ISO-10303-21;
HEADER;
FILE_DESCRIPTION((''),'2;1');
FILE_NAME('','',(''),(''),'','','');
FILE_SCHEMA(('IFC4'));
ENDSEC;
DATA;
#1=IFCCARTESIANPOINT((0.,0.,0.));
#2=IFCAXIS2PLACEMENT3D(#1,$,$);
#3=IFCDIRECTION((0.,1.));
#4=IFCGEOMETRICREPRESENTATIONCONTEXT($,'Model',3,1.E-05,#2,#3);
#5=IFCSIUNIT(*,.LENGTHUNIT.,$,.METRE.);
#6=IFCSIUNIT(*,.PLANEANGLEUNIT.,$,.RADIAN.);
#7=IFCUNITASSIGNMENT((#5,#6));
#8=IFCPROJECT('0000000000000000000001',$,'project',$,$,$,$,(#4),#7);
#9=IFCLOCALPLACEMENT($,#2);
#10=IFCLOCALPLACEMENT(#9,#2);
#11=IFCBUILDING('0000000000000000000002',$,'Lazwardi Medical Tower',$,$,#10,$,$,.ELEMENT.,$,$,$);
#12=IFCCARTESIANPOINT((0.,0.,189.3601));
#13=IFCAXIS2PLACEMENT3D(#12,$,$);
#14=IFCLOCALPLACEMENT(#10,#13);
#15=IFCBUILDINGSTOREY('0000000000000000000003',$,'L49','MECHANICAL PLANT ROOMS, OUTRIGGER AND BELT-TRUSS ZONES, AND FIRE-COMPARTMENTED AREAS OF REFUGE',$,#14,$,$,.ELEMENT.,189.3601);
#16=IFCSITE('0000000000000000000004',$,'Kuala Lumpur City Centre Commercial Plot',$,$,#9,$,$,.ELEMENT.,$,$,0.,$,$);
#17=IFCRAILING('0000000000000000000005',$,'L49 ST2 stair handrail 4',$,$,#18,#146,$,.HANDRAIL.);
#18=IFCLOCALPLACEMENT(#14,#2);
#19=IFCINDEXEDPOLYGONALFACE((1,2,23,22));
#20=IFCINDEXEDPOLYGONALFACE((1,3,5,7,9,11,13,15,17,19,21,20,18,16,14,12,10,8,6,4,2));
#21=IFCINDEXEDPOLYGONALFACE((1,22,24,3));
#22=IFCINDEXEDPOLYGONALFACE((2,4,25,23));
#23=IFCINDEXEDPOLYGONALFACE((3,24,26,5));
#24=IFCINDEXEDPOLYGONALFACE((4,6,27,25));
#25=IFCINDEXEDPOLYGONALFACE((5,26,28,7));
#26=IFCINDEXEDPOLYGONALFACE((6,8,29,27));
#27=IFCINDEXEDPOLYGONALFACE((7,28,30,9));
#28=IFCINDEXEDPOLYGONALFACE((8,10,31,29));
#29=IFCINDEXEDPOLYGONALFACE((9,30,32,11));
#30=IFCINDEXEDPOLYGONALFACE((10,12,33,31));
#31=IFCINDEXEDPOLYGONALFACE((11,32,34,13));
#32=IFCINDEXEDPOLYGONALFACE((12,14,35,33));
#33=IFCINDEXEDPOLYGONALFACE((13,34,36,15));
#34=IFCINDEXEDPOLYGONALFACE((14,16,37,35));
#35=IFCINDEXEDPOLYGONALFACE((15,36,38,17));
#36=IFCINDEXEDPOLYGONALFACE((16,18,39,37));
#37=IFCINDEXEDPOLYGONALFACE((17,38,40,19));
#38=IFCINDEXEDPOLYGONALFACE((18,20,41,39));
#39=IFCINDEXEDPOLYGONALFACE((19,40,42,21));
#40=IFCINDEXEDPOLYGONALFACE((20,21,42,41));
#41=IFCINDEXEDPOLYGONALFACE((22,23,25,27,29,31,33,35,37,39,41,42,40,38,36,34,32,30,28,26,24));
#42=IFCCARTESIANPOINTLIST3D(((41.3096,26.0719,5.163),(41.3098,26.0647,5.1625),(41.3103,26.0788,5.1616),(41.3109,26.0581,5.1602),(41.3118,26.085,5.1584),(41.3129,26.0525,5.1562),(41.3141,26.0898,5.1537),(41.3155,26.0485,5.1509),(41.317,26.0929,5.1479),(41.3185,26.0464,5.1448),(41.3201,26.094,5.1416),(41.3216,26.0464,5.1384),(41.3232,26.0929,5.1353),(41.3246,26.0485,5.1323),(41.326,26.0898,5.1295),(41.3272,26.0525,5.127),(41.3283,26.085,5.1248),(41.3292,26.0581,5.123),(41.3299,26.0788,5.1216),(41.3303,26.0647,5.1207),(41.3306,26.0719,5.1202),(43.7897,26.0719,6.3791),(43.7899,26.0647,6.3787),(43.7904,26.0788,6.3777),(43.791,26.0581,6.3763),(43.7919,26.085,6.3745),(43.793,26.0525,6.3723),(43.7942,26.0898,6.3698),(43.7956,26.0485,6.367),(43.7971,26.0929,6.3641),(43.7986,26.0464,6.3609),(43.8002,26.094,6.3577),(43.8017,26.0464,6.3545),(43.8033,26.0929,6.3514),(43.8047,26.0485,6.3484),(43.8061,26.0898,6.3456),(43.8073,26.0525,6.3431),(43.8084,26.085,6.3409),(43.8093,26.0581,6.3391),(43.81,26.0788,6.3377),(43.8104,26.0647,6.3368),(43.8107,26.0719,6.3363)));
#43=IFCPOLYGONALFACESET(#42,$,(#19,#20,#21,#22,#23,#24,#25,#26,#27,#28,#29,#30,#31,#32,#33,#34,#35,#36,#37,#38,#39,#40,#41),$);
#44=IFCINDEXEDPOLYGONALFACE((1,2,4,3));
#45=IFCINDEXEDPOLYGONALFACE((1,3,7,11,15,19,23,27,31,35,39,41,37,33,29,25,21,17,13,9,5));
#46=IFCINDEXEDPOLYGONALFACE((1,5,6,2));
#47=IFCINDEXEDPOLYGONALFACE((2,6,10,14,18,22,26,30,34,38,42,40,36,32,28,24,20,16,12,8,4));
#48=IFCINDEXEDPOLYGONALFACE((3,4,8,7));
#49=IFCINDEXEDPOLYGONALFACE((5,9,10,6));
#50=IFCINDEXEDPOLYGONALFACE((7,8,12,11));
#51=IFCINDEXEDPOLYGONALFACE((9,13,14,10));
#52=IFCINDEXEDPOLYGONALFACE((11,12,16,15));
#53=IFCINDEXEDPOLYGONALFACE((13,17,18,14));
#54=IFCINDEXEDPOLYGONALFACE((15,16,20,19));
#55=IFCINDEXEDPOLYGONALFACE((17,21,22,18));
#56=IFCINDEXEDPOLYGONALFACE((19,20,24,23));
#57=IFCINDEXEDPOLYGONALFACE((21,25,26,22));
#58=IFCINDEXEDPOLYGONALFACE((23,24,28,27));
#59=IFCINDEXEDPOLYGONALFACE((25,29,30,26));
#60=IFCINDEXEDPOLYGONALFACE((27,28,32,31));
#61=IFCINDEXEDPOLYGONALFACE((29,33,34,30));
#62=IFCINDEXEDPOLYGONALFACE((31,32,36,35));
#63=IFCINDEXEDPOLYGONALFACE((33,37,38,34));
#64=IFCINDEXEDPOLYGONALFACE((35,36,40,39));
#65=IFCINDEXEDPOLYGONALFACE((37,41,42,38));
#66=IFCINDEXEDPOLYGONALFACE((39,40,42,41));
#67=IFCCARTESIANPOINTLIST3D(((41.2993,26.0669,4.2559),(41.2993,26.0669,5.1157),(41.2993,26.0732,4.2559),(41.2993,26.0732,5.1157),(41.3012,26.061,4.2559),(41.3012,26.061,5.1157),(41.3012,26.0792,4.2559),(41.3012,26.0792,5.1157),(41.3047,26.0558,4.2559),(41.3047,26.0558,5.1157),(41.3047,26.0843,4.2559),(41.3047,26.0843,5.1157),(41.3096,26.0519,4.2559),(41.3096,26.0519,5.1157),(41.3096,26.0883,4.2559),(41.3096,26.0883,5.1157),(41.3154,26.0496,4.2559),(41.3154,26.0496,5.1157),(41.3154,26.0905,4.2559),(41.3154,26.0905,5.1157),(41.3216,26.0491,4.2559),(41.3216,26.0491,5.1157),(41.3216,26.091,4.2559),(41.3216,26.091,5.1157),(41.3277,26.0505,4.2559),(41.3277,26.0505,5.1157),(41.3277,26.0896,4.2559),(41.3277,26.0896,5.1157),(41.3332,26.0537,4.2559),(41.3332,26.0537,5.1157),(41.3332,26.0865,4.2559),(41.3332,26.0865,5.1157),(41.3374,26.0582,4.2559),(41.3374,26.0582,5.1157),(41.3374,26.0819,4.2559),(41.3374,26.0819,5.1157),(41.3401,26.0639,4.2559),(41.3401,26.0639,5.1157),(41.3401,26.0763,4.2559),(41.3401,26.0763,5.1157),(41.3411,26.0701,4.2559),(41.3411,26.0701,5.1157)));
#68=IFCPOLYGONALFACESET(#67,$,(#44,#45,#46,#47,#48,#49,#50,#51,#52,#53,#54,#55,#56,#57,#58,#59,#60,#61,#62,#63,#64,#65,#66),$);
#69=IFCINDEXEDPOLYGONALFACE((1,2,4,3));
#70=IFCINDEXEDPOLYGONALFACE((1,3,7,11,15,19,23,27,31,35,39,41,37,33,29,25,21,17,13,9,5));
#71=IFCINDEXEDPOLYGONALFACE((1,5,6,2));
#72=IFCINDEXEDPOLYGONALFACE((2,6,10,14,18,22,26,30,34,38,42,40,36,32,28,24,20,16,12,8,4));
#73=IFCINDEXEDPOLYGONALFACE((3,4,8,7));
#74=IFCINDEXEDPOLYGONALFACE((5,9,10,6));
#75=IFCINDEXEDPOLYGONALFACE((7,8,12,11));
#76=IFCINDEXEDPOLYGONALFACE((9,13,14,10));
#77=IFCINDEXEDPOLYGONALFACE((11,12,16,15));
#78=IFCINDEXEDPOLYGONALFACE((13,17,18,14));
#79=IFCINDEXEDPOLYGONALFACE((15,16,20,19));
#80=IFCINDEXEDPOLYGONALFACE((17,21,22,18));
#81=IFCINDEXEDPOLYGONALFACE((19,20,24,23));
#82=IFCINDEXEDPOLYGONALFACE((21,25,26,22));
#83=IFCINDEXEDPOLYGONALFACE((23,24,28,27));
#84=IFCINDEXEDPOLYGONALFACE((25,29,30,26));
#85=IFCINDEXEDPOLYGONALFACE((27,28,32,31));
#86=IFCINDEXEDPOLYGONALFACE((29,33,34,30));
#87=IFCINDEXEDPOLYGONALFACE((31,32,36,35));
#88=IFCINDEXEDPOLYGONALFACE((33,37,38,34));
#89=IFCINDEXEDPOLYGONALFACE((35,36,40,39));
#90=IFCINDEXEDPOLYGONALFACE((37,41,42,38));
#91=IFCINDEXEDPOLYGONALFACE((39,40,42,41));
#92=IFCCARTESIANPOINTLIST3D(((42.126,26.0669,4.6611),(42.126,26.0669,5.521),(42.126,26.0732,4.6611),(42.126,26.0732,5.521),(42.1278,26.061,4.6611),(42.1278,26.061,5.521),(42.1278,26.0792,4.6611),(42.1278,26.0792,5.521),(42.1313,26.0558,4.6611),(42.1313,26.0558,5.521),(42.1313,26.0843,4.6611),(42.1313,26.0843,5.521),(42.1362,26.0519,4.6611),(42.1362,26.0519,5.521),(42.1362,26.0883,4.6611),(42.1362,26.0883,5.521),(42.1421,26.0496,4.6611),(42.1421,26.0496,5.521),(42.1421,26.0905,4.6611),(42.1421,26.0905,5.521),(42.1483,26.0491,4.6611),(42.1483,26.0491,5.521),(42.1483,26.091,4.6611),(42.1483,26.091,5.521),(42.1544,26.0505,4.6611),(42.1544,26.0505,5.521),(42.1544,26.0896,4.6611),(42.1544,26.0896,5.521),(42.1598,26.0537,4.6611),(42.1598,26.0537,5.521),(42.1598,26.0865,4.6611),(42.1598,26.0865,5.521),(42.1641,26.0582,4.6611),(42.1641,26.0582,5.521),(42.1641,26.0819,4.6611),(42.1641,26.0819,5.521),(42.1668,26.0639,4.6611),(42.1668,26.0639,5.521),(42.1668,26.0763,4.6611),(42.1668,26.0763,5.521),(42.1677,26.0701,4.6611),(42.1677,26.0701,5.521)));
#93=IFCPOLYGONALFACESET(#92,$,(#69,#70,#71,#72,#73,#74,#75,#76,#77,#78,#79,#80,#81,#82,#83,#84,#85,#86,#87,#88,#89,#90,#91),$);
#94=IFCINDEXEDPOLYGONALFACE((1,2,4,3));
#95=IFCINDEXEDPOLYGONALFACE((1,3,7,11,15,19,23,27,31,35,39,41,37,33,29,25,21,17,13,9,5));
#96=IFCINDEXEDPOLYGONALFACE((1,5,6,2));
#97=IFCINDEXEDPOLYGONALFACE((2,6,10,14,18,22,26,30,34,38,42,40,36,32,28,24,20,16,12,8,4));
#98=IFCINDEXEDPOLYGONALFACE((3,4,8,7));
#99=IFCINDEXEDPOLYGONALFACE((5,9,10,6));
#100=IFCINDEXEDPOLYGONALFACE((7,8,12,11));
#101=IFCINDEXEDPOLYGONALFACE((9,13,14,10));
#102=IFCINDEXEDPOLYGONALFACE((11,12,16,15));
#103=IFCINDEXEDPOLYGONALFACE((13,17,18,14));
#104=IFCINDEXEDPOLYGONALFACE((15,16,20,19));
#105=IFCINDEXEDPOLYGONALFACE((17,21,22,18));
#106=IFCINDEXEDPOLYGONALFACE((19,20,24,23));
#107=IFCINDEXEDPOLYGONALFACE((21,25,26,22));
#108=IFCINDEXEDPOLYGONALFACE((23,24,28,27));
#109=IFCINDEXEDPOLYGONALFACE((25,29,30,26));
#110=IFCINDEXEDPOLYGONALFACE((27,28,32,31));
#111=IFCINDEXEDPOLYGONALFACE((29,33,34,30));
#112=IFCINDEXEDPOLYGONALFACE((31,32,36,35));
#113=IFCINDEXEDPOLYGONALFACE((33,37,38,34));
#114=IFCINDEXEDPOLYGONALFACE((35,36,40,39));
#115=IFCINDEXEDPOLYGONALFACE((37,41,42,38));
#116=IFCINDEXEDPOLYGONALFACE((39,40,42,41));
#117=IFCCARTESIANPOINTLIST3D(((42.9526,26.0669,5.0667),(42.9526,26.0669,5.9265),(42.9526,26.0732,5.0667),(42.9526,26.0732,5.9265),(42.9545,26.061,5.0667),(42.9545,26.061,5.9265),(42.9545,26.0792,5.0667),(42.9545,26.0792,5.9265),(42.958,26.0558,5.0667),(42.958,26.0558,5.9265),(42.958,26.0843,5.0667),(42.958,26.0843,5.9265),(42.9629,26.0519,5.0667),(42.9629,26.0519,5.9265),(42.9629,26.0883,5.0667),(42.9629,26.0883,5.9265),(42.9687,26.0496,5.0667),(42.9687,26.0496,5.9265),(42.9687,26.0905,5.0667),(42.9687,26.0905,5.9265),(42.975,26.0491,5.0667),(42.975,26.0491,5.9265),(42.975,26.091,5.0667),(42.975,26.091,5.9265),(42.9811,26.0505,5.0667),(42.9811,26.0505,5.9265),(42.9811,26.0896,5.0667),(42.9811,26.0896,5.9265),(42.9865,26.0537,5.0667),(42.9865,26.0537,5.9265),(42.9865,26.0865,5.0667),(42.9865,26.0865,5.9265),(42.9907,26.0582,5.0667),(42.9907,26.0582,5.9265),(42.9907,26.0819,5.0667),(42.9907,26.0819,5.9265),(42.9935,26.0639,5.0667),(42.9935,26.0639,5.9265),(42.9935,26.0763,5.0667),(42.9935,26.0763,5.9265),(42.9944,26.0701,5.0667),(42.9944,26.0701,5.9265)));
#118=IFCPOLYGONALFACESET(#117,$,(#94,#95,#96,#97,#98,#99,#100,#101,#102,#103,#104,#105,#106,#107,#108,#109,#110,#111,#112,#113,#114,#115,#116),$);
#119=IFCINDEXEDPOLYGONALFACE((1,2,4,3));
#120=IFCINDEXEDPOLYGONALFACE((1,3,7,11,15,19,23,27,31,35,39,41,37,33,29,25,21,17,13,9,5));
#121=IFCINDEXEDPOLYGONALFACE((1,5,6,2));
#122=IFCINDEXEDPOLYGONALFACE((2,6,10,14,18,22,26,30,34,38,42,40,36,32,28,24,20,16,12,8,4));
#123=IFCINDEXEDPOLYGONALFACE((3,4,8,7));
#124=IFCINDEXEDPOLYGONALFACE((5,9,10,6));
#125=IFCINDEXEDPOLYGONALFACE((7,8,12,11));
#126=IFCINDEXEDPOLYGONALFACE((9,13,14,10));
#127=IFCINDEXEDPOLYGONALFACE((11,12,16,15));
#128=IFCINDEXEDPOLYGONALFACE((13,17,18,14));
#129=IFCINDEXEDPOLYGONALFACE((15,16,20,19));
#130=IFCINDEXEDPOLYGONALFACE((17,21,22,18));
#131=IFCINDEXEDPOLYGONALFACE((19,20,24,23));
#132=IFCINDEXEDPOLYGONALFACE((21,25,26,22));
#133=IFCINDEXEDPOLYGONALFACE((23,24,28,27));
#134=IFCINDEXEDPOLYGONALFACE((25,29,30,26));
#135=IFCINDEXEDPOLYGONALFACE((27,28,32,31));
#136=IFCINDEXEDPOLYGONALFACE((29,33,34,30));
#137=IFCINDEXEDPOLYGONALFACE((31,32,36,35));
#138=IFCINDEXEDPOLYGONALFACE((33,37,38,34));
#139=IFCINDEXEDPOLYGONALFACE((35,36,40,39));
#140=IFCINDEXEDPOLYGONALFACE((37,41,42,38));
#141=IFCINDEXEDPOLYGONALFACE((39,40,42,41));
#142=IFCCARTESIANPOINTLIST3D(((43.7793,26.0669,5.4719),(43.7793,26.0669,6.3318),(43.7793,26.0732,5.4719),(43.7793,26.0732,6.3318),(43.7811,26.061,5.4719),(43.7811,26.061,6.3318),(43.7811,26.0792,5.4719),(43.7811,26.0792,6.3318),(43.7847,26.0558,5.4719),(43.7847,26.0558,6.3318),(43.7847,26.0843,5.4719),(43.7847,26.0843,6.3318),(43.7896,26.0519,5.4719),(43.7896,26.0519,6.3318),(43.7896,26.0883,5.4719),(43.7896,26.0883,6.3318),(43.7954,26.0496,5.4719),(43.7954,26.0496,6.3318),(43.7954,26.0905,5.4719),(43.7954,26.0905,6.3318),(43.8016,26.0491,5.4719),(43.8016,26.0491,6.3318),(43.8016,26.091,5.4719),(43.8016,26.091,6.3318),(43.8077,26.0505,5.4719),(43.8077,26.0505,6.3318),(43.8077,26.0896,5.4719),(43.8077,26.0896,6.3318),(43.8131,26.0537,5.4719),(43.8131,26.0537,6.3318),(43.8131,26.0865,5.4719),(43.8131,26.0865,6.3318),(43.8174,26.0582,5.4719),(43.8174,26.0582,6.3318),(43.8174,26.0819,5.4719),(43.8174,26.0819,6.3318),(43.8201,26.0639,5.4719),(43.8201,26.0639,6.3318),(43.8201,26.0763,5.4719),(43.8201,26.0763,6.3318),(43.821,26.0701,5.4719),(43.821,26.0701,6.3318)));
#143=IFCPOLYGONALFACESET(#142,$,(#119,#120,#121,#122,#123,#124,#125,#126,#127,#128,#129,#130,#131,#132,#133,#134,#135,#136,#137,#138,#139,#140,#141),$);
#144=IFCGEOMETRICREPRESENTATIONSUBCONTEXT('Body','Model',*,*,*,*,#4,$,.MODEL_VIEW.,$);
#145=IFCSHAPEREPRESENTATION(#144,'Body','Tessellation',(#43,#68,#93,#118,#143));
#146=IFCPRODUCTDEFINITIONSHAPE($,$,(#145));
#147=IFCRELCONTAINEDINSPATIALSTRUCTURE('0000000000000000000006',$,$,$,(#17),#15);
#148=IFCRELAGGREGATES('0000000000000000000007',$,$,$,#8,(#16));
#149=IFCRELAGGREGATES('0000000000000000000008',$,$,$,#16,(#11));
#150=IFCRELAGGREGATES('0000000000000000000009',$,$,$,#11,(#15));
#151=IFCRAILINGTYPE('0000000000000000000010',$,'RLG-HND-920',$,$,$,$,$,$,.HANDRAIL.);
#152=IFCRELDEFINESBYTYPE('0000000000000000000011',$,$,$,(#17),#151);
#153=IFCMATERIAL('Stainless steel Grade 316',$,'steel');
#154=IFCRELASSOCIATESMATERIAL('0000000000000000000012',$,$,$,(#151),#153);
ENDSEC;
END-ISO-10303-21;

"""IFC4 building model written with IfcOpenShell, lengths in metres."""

from ifc_helpers import new_model, si_unit, direction, frame, origin, origin_2d, place, context, subcontext, project, spatial, circle, extrude, material, type_object, element, save


model = new_model("IFC4")

# Units and contexts
model_context = context("Model", 3, precision=1e-05, world=origin(), true_north=direction((0.0, 1.0)))
body_context = subcontext(model_context, "Body", "Model", "MODEL_VIEW")
ifc_project = project(units=[si_unit("LENGTHUNIT", "METRE"), si_unit("PLANEANGLEUNIT", "RADIAN")], contexts=[model_context])

# Site, building, storey
site_placement = place(None, origin())
site = spatial("IfcSite", under=ifc_project, at=site_placement, Name="Kuala Lumpur City Centre Commercial Plot", CompositionType="ELEMENT", RefElevation=0.0)
building_placement = place(site_placement, origin())
building = spatial("IfcBuilding", under=site, at=building_placement, Name="Lazwardi Medical Tower", CompositionType="ELEMENT")
storey_placement = place(building_placement, frame((0.0, 0.0, 189.3601)))
storey = spatial("IfcBuildingStorey", under=building, at=storey_placement, Name="L49", Description="MECHANICAL PLANT ROOMS, OUTRIGGER AND BELT-TRUSS ZONES, AND FIRE-COMPARTMENTED AREAS OF REFUGE", CompositionType="ELEMENT", Elevation=189.3601)

# Railing
ifc_material_1 = material(Name="Stainless steel Grade 316", Category="steel")
railing_type_1 = type_object("IfcRailingType", Name="RLG-HND-920", PredefinedType="HANDRAIL", material=ifc_material_1)
for number, where, name in (
    (1, (41.3201, 26.0701, 4.2559), "L49 ST2 stair handrail 4"),
):
    element("IfcRailing", number, at=place(storey_placement, frame(where)), inside=storey, type_object=railing_type_1, Name=name, PredefinedType="HANDRAIL", context=body_context, shape_type="SweptSolid", body=[
        extrude(circle(Radius=0.0239, at=origin_2d()), frame((0.0, 0.0, 0.8857), z_axis=(0.897865, 0.0, 0.44027), x_axis=(0.0, 1.0, 0.0)), (0.0, 0.0, 1.0), 2.7622),
        extrude(circle(Radius=0.021, at=origin_2d()), origin(), (0.0, 0.0, 1.0), 0.8599),
        extrude(circle(Radius=0.021, at=origin_2d()), frame((0.8267, 0.0, 0.4053)), (0.0, 0.0, 1.0), 0.8599),
        extrude(circle(Radius=0.021, at=origin_2d()), frame((1.6533, 0.0, 0.8108)), (0.0, 0.0, 1.0), 0.8599),
        extrude(circle(Radius=0.021, at=origin_2d()), frame((2.48, 0.0, 1.2161)), (0.0, 0.0, 1.0), 0.8599),
    ])

save(model, "model.ifc")
